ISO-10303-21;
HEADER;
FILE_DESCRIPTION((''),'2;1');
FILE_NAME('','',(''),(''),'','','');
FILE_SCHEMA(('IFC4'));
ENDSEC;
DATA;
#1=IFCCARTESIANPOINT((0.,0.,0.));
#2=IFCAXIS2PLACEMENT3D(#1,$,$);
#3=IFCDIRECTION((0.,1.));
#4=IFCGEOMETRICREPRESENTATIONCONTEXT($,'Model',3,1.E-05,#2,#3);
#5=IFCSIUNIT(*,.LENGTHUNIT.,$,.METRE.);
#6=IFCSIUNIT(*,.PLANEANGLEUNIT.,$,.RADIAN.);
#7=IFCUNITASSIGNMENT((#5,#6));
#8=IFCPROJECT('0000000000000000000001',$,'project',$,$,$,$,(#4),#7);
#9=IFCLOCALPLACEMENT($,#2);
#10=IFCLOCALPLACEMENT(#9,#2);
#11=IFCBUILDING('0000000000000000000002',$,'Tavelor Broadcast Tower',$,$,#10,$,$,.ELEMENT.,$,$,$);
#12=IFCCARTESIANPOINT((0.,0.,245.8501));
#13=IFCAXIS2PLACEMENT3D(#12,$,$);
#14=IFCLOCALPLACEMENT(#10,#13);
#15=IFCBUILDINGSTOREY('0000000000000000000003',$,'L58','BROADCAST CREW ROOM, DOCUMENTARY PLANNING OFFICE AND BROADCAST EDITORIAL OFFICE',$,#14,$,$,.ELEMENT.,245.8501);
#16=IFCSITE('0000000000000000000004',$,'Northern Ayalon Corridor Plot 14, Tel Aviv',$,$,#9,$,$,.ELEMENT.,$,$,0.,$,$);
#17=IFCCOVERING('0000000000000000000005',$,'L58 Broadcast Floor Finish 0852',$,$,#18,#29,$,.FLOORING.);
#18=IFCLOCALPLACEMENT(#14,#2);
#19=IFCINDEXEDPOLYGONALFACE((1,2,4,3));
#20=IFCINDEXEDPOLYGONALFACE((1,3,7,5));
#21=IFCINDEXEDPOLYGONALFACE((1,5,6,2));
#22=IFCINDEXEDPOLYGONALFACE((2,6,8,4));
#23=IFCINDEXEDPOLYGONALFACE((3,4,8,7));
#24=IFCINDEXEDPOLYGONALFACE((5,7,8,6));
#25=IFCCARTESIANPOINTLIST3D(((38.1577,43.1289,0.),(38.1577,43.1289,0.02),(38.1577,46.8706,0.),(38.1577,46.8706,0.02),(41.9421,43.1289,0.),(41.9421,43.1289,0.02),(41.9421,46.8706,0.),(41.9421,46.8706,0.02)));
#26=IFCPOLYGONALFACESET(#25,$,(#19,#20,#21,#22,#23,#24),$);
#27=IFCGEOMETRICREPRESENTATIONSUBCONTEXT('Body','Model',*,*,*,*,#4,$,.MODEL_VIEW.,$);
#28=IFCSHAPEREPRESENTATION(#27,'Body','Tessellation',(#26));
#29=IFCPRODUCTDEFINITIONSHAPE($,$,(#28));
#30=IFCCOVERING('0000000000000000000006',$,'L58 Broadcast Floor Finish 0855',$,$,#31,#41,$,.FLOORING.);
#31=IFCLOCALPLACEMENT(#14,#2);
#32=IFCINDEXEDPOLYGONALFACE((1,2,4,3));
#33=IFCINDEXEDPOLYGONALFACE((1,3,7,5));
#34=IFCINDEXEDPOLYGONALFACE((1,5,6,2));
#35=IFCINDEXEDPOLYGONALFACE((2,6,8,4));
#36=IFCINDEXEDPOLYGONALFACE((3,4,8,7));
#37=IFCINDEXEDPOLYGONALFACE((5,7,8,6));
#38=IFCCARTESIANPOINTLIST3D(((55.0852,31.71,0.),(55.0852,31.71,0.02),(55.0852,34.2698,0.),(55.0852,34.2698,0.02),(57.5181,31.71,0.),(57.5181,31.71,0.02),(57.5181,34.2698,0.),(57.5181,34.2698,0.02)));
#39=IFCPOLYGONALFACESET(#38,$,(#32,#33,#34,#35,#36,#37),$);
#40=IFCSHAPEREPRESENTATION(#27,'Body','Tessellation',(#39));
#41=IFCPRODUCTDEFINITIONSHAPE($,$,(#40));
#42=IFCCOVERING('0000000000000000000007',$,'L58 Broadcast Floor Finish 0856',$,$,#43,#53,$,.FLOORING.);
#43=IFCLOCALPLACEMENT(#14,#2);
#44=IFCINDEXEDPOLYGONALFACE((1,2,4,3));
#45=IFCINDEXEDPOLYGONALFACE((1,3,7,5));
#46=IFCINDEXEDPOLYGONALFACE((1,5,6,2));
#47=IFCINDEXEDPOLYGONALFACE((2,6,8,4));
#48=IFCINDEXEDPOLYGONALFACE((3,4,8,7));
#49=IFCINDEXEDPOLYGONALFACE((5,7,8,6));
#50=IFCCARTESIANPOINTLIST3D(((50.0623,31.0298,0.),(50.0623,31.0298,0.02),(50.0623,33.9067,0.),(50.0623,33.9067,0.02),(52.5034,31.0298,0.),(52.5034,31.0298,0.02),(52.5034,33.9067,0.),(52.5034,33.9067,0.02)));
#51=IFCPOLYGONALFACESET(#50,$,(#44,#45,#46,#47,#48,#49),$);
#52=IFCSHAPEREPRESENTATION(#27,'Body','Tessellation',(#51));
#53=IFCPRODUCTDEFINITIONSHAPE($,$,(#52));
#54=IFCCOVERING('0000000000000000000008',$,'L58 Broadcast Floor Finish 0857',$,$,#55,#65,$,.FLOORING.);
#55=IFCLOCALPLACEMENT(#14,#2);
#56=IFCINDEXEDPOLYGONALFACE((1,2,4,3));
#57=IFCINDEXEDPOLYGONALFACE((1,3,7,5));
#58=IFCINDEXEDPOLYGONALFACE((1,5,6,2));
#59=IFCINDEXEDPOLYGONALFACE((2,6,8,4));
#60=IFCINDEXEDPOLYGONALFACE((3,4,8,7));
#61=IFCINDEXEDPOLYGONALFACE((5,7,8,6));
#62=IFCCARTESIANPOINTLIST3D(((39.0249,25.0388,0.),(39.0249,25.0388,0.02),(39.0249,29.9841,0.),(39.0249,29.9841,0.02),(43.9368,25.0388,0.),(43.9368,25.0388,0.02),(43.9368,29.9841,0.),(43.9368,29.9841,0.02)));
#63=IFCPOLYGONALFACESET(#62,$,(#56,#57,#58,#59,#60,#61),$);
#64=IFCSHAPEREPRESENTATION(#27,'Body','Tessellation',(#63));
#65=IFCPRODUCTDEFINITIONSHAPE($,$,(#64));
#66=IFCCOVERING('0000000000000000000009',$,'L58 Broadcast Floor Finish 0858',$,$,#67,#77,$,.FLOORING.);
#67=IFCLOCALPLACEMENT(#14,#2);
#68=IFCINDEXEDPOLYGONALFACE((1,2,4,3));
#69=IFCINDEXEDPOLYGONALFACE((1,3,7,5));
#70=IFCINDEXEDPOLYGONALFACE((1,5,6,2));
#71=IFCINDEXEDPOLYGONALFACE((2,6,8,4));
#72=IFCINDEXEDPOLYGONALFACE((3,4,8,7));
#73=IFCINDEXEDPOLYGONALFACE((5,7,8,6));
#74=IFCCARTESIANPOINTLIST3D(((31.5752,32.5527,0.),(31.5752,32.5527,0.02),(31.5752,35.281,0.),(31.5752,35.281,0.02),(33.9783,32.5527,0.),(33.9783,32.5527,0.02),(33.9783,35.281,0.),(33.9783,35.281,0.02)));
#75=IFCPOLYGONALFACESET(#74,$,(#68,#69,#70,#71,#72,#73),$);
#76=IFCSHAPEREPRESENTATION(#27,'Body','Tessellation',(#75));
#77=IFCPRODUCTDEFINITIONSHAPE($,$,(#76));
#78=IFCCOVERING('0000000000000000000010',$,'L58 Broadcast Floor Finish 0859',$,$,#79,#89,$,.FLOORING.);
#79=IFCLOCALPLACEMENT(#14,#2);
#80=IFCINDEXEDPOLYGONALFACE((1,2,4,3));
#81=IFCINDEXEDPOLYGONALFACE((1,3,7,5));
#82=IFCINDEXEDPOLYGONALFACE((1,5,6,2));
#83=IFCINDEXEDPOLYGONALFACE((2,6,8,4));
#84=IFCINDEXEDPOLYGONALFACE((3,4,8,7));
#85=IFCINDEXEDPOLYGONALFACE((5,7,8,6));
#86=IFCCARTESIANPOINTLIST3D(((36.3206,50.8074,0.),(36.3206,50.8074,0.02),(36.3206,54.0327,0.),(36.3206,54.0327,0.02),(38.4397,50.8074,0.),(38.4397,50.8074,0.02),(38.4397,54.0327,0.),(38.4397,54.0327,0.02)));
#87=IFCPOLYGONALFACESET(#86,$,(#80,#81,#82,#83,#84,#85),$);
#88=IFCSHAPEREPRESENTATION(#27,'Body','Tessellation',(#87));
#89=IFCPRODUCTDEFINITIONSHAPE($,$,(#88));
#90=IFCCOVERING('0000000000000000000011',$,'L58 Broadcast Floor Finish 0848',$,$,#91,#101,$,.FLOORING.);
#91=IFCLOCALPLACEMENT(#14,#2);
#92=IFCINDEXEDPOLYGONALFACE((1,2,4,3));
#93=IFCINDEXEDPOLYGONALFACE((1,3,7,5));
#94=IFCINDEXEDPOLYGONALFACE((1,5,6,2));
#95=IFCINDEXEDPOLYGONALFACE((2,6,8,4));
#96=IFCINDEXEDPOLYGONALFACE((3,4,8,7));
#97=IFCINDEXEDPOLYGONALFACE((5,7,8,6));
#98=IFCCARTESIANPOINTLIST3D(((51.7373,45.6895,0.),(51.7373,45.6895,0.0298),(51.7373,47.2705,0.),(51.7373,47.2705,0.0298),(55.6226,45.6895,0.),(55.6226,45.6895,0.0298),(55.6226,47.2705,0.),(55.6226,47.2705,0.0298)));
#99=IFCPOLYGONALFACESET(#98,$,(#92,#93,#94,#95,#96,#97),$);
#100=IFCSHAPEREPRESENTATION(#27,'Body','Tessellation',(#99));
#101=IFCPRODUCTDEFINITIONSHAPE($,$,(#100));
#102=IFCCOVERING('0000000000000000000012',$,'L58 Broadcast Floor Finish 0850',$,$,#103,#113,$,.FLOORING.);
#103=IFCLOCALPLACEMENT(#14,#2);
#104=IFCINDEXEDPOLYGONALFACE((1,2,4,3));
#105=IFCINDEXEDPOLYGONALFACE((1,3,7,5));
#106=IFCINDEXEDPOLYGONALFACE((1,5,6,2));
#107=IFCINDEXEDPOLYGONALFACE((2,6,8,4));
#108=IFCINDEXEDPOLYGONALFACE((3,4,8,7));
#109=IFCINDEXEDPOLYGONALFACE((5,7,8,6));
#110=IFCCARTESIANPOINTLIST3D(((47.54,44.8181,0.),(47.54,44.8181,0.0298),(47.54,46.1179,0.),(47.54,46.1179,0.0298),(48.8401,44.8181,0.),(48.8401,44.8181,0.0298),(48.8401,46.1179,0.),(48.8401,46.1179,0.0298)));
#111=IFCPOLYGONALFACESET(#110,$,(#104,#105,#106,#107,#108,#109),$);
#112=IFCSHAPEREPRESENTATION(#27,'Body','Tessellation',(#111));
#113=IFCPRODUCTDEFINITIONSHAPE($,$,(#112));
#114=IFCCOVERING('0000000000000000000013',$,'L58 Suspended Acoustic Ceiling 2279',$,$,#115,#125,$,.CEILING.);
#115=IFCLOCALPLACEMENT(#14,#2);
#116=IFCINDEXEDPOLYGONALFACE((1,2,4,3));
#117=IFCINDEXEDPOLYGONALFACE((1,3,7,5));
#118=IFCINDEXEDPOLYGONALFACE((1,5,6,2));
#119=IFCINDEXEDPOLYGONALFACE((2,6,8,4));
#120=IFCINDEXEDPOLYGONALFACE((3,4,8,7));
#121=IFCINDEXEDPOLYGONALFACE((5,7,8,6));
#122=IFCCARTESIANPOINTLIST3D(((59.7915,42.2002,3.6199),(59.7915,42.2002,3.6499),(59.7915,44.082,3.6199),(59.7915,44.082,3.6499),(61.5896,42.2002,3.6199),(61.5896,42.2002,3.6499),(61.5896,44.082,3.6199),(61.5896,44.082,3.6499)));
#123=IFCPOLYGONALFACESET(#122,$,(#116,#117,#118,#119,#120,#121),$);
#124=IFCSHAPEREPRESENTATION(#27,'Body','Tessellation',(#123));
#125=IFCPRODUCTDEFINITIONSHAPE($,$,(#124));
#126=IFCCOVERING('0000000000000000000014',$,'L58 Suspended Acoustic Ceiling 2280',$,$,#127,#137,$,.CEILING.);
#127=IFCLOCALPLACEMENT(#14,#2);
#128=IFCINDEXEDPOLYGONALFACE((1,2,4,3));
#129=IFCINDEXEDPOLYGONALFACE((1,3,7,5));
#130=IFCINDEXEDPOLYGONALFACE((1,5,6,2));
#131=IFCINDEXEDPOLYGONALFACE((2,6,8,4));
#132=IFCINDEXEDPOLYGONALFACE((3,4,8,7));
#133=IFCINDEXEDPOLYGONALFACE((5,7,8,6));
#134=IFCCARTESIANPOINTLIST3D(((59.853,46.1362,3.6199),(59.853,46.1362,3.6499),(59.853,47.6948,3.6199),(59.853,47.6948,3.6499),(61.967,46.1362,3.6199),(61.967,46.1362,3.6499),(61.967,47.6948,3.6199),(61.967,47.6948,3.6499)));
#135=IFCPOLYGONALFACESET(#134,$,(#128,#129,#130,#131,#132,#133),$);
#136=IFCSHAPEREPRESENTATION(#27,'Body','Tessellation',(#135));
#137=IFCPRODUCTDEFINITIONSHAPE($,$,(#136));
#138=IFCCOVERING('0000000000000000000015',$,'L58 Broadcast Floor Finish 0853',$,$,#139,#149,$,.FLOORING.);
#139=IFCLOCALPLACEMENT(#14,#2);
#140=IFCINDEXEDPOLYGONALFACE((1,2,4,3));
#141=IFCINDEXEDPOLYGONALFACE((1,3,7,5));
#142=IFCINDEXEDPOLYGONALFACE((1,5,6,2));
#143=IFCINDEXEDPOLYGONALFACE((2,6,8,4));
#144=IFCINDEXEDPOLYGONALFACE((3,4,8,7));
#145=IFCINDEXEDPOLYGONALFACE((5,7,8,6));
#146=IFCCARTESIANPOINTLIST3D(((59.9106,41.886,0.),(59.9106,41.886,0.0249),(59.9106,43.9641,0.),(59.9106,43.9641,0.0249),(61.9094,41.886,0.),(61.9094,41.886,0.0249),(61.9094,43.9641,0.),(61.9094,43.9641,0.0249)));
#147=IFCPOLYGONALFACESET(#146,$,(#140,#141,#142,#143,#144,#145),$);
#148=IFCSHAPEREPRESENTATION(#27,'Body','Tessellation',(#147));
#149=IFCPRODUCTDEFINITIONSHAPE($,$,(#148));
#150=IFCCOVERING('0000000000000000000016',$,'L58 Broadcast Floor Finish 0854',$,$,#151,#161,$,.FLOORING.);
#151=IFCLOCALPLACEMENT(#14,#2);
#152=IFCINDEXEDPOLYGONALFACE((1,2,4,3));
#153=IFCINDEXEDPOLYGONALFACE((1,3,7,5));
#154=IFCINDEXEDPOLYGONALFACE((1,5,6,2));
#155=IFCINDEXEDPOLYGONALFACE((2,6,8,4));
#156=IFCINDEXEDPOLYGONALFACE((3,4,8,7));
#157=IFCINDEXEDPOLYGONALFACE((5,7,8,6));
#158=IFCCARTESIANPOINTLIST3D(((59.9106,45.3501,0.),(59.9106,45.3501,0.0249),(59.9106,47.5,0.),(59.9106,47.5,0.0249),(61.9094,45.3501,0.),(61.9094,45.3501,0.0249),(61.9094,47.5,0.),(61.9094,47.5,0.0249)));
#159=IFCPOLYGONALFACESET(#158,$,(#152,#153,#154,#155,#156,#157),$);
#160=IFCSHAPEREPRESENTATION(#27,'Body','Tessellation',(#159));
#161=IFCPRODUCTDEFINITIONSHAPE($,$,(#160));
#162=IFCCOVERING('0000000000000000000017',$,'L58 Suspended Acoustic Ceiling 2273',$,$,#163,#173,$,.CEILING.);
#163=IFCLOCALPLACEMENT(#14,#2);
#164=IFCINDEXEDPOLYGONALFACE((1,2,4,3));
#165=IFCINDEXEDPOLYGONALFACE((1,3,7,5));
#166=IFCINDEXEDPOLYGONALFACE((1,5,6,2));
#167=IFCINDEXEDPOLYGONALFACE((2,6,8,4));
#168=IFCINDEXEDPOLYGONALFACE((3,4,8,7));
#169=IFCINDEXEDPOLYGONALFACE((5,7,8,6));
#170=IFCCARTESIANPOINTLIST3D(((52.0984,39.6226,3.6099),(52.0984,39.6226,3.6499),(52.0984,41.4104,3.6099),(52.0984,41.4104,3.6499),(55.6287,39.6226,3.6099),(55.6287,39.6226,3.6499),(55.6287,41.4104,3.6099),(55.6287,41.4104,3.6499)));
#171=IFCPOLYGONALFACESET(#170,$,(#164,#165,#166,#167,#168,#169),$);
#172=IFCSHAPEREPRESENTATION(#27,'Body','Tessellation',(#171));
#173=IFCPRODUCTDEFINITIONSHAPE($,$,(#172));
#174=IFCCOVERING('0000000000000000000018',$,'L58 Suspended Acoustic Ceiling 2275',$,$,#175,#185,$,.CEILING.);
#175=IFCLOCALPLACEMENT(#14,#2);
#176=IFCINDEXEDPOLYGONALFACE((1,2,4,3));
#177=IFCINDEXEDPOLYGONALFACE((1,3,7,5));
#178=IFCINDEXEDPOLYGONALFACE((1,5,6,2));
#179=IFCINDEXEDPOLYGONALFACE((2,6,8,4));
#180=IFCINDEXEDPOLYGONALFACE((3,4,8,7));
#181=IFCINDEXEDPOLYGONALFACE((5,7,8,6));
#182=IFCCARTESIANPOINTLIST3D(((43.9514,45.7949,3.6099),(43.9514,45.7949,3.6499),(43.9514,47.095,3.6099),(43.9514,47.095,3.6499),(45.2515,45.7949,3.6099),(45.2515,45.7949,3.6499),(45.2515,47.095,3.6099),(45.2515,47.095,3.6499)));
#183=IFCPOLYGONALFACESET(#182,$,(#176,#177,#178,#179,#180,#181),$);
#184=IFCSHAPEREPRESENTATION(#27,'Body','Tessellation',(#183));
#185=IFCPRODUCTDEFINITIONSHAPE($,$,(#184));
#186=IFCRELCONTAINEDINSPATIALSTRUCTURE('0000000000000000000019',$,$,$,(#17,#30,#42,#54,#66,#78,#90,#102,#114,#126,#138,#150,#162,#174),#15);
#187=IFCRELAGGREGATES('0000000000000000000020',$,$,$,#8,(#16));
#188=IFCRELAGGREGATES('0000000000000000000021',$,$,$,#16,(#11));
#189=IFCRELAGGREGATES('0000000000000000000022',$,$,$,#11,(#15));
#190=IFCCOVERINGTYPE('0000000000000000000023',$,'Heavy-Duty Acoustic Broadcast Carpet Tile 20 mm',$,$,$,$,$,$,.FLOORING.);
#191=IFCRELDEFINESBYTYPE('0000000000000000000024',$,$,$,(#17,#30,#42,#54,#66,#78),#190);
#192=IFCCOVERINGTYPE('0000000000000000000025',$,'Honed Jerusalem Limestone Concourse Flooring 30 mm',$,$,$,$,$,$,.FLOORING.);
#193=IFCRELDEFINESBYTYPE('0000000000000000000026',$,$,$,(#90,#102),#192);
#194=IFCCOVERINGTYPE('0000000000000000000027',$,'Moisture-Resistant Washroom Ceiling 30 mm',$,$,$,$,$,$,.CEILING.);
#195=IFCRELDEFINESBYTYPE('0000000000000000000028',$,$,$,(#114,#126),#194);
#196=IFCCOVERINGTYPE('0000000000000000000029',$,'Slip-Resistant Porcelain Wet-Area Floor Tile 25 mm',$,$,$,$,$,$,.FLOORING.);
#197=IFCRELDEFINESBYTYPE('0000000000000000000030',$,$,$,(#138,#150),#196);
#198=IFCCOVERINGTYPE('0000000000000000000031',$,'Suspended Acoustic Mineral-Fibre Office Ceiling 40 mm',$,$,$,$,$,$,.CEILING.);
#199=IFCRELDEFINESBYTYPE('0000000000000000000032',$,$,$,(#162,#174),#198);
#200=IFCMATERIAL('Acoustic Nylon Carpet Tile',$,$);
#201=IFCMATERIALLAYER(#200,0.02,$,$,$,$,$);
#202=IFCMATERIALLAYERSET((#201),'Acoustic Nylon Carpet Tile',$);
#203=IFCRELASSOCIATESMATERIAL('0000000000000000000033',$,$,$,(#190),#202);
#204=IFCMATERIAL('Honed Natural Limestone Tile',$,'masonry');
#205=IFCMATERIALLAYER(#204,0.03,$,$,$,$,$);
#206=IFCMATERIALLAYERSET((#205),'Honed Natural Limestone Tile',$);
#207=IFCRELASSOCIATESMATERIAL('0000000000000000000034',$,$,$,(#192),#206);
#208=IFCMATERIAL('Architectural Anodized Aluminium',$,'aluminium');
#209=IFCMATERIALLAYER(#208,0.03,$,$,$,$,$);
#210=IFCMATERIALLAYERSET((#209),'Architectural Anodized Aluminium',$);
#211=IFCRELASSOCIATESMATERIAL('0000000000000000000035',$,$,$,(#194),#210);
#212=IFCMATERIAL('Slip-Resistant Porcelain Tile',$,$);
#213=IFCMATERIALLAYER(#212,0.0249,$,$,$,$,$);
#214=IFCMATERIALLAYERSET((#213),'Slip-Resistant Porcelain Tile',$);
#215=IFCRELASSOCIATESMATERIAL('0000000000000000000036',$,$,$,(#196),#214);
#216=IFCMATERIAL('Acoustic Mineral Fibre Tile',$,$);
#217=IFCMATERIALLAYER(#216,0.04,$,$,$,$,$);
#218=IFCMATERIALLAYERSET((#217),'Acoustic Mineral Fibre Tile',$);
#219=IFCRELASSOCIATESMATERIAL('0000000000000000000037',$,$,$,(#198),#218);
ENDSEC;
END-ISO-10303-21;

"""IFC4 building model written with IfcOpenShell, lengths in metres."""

from ifc_helpers import new_model, si_unit, direction, frame, origin, place, context, subcontext, project, spatial, polyline, outline, extrude, material, layer, layer_set, type_object, element, save


model = new_model("IFC4")

# Units and contexts
model_context = context("Model", 3, precision=1e-05, world=origin(), true_north=direction((0.0, 1.0)))
body_context = subcontext(model_context, "Body", "Model", "MODEL_VIEW")
ifc_project = project(units=[si_unit("LENGTHUNIT", "METRE"), si_unit("PLANEANGLEUNIT", "RADIAN")], contexts=[model_context])

# Site, building, storey
site_placement = place(None, origin())
site = spatial("IfcSite", under=ifc_project, at=site_placement, Name="Northern Ayalon Corridor Plot 14, Tel Aviv", CompositionType="ELEMENT", RefElevation=0.0)
building_placement = place(site_placement, origin())
building = spatial("IfcBuilding", under=site, at=building_placement, Name="Tavelor Broadcast Tower", CompositionType="ELEMENT")
storey_placement = place(building_placement, frame((0.0, 0.0, 245.8501)))
storey = spatial("IfcBuildingStorey", under=building, at=storey_placement, Name="L58", Description="BROADCAST CREW ROOM, DOCUMENTARY PLANNING OFFICE AND BROADCAST EDITORIAL OFFICE", CompositionType="ELEMENT", Elevation=245.8501)

# Coverings
ifc_material_1 = material(Name="Architectural Anodized Aluminium", Category="aluminium")
ifc_material_2 = material(Name="Acoustic Nylon Carpet Tile")
ifc_layer_1 = layer(ifc_material_2, 0.02)
ifc_layer_set_1 = layer_set([ifc_layer_1], Name="Acoustic Nylon Carpet Tile")
covering_type_1 = type_object("IfcCoveringType", Name="Heavy-Duty Acoustic Broadcast Carpet Tile 20 mm", PredefinedType="FLOORING", material=ifc_layer_set_1)
covering_1_placement = place(storey_placement, origin())
element("IfcCovering", 1, at=covering_1_placement, inside=storey, type_object=covering_type_1, Name="L58 Broadcast Floor Finish 0852", PredefinedType="FLOORING", context=body_context, shape_type="SweptSolid", body=[
    extrude(outline(polyline([(38.1577, 43.1289), (41.9421, 43.1289), (41.9421, 46.8706), (38.1577, 46.8706), (38.1577, 43.1289)])), origin(), (0.0, 0.0, 1.0), 0.02),
])
covering_2_placement = place(storey_placement, origin())
element("IfcCovering", 2, at=covering_2_placement, inside=storey, type_object=covering_type_1, Name="L58 Broadcast Floor Finish 0855", PredefinedType="FLOORING", context=body_context, shape_type="SweptSolid", body=[
    extrude(outline(polyline([(55.0852, 31.71), (57.5181, 31.71), (57.5181, 34.2698), (55.0852, 34.2698), (55.0852, 31.71)])), origin(), (0.0, 0.0, 1.0), 0.02),
])
covering_3_placement = place(storey_placement, origin())
element("IfcCovering", 3, at=covering_3_placement, inside=storey, type_object=covering_type_1, Name="L58 Broadcast Floor Finish 0856", PredefinedType="FLOORING", context=body_context, shape_type="SweptSolid", body=[
    extrude(outline(polyline([(50.0623, 31.0298), (52.5034, 31.0298), (52.5034, 33.9067), (50.0623, 33.9067), (50.0623, 31.0298)])), origin(), (0.0, 0.0, 1.0), 0.02),
])
covering_4_placement = place(storey_placement, origin())
element("IfcCovering", 4, at=covering_4_placement, inside=storey, type_object=covering_type_1, Name="L58 Broadcast Floor Finish 0857", PredefinedType="FLOORING", context=body_context, shape_type="SweptSolid", body=[
    extrude(outline(polyline([(39.0249, 25.0388), (43.9368, 25.0388), (43.9368, 29.9841), (39.0249, 29.9841), (39.0249, 25.0388)])), origin(), (0.0, 0.0, 1.0), 0.02),
])
covering_5_placement = place(storey_placement, origin())
element("IfcCovering", 5, at=covering_5_placement, inside=storey, type_object=covering_type_1, Name="L58 Broadcast Floor Finish 0858", PredefinedType="FLOORING", context=body_context, shape_type="SweptSolid", body=[
    extrude(outline(polyline([(31.5752, 32.5527), (33.9783, 32.5527), (33.9783, 35.281), (31.5752, 35.281), (31.5752, 32.5527)])), origin(), (0.0, 0.0, 1.0), 0.02),
])
covering_6_placement = place(storey_placement, origin())
element("IfcCovering", 6, at=covering_6_placement, inside=storey, type_object=covering_type_1, Name="L58 Broadcast Floor Finish 0859", PredefinedType="FLOORING", context=body_context, shape_type="SweptSolid", body=[
    extrude(outline(polyline([(36.3206, 50.8074), (38.4397, 50.8074), (38.4397, 54.0327), (36.3206, 54.0327), (36.3206, 50.8074)])), origin(), (0.0, 0.0, 1.0), 0.02),
])
ifc_material_3 = material(Name="Honed Natural Limestone Tile", Category="masonry")
ifc_layer_2 = layer(ifc_material_3, 0.03)
ifc_layer_set_2 = layer_set([ifc_layer_2], Name="Honed Natural Limestone Tile")
covering_type_2 = type_object("IfcCoveringType", Name="Honed Jerusalem Limestone Concourse Flooring 30 mm", PredefinedType="FLOORING", material=ifc_layer_set_2)
covering_7_placement = place(storey_placement, origin())
element("IfcCovering", 7, at=covering_7_placement, inside=storey, type_object=covering_type_2, Name="L58 Broadcast Floor Finish 0848", PredefinedType="FLOORING", context=body_context, shape_type="SweptSolid", body=[
    extrude(outline(polyline([(51.7373, 45.6895), (55.6226, 45.6895), (55.6226, 47.2705), (51.7373, 47.2705), (51.7373, 45.6895)])), origin(), (0.0, 0.0, 1.0), 0.0298),
])
covering_8_placement = place(storey_placement, origin())
element("IfcCovering", 8, at=covering_8_placement, inside=storey, type_object=covering_type_2, Name="L58 Broadcast Floor Finish 0850", PredefinedType="FLOORING", context=body_context, shape_type="SweptSolid", body=[
    extrude(outline(polyline([(47.54, 44.8181), (48.8401, 44.8181), (48.8401, 46.1179), (47.54, 46.1179), (47.54, 44.8181)])), origin(), (0.0, 0.0, 1.0), 0.0298),
])
ifc_layer_3 = layer(ifc_material_1, 0.03)
ifc_layer_set_3 = layer_set([ifc_layer_3], Name="Architectural Anodized Aluminium")
covering_type_3 = type_object("IfcCoveringType", Name="Moisture-Resistant Washroom Ceiling 30 mm", PredefinedType="CEILING", material=ifc_layer_set_3)
covering_9_placement = place(storey_placement, frame((0.0, 0.0, 3.6199)))
element("IfcCovering", 9, at=covering_9_placement, inside=storey, type_object=covering_type_3, Name="L58 Suspended Acoustic Ceiling 2279", PredefinedType="CEILING", context=body_context, shape_type="SweptSolid", body=[
    extrude(outline(polyline([(59.7915, 42.2002), (61.5896, 42.2002), (61.5896, 44.082), (59.7915, 44.082), (59.7915, 42.2002)])), origin(), (0.0, 0.0, 1.0), 0.03),
])
covering_10_placement = place(storey_placement, frame((0.0, 0.0, 3.6199)))
element("IfcCovering", 10, at=covering_10_placement, inside=storey, type_object=covering_type_3, Name="L58 Suspended Acoustic Ceiling 2280", PredefinedType="CEILING", context=body_context, shape_type="SweptSolid", body=[
    extrude(outline(polyline([(59.853, 46.1362), (61.967, 46.1362), (61.967, 47.6948), (59.853, 47.6948), (59.853, 46.1362)])), origin(), (0.0, 0.0, 1.0), 0.03),
])
ifc_material_4 = material(Name="Slip-Resistant Porcelain Tile")
ifc_layer_4 = layer(ifc_material_4, 0.0249)
ifc_layer_set_4 = layer_set([ifc_layer_4], Name="Slip-Resistant Porcelain Tile")
covering_type_4 = type_object("IfcCoveringType", Name="Slip-Resistant Porcelain Wet-Area Floor Tile 25 mm", PredefinedType="FLOORING", material=ifc_layer_set_4)
covering_11_placement = place(storey_placement, origin())
element("IfcCovering", 11, at=covering_11_placement, inside=storey, type_object=covering_type_4, Name="L58 Broadcast Floor Finish 0853", PredefinedType="FLOORING", context=body_context, shape_type="SweptSolid", body=[
    extrude(outline(polyline([(59.9106, 41.886), (61.9094, 41.886), (61.9094, 43.9641), (59.9106, 43.9641), (59.9106, 41.886)])), origin(), (0.0, 0.0, 1.0), 0.0249),
])
covering_12_placement = place(storey_placement, origin())
element("IfcCovering", 12, at=covering_12_placement, inside=storey, type_object=covering_type_4, Name="L58 Broadcast Floor Finish 0854", PredefinedType="FLOORING", context=body_context, shape_type="SweptSolid", body=[
    extrude(outline(polyline([(59.9106, 45.3501), (61.9094, 45.3501), (61.9094, 47.5), (59.9106, 47.5), (59.9106, 45.3501)])), origin(), (0.0, 0.0, 1.0), 0.0249),
])
ifc_material_5 = material(Name="Acoustic Mineral Fibre Tile")
ifc_layer_5 = layer(ifc_material_5, 0.04)
ifc_layer_set_5 = layer_set([ifc_layer_5], Name="Acoustic Mineral Fibre Tile")
covering_type_5 = type_object("IfcCoveringType", Name="Suspended Acoustic Mineral-Fibre Office Ceiling 40 mm", PredefinedType="CEILING", material=ifc_layer_set_5)
covering_13_placement = place(storey_placement, frame((0.0, 0.0, 3.6099)))
element("IfcCovering", 13, at=covering_13_placement, inside=storey, type_object=covering_type_5, Name="L58 Suspended Acoustic Ceiling 2273", PredefinedType="CEILING", context=body_context, shape_type="SweptSolid", body=[
    extrude(outline(polyline([(52.0984, 39.6226), (55.6287, 39.6226), (55.6287, 41.4104), (52.0984, 41.4104), (52.0984, 39.6226)])), origin(), (0.0, 0.0, 1.0), 0.04),
])
covering_14_placement = place(storey_placement, frame((0.0, 0.0, 3.6099)))
element("IfcCovering", 14, at=covering_14_placement, inside=storey, type_object=covering_type_5, Name="L58 Suspended Acoustic Ceiling 2275", PredefinedType="CEILING", context=body_context, shape_type="SweptSolid", body=[
    extrude(outline(polyline([(43.9514, 45.7949), (45.2515, 45.7949), (45.2515, 47.095), (43.9514, 47.095), (43.9514, 45.7949)])), origin(), (0.0, 0.0, 1.0), 0.04),
])

save(model, "model.ifc")
